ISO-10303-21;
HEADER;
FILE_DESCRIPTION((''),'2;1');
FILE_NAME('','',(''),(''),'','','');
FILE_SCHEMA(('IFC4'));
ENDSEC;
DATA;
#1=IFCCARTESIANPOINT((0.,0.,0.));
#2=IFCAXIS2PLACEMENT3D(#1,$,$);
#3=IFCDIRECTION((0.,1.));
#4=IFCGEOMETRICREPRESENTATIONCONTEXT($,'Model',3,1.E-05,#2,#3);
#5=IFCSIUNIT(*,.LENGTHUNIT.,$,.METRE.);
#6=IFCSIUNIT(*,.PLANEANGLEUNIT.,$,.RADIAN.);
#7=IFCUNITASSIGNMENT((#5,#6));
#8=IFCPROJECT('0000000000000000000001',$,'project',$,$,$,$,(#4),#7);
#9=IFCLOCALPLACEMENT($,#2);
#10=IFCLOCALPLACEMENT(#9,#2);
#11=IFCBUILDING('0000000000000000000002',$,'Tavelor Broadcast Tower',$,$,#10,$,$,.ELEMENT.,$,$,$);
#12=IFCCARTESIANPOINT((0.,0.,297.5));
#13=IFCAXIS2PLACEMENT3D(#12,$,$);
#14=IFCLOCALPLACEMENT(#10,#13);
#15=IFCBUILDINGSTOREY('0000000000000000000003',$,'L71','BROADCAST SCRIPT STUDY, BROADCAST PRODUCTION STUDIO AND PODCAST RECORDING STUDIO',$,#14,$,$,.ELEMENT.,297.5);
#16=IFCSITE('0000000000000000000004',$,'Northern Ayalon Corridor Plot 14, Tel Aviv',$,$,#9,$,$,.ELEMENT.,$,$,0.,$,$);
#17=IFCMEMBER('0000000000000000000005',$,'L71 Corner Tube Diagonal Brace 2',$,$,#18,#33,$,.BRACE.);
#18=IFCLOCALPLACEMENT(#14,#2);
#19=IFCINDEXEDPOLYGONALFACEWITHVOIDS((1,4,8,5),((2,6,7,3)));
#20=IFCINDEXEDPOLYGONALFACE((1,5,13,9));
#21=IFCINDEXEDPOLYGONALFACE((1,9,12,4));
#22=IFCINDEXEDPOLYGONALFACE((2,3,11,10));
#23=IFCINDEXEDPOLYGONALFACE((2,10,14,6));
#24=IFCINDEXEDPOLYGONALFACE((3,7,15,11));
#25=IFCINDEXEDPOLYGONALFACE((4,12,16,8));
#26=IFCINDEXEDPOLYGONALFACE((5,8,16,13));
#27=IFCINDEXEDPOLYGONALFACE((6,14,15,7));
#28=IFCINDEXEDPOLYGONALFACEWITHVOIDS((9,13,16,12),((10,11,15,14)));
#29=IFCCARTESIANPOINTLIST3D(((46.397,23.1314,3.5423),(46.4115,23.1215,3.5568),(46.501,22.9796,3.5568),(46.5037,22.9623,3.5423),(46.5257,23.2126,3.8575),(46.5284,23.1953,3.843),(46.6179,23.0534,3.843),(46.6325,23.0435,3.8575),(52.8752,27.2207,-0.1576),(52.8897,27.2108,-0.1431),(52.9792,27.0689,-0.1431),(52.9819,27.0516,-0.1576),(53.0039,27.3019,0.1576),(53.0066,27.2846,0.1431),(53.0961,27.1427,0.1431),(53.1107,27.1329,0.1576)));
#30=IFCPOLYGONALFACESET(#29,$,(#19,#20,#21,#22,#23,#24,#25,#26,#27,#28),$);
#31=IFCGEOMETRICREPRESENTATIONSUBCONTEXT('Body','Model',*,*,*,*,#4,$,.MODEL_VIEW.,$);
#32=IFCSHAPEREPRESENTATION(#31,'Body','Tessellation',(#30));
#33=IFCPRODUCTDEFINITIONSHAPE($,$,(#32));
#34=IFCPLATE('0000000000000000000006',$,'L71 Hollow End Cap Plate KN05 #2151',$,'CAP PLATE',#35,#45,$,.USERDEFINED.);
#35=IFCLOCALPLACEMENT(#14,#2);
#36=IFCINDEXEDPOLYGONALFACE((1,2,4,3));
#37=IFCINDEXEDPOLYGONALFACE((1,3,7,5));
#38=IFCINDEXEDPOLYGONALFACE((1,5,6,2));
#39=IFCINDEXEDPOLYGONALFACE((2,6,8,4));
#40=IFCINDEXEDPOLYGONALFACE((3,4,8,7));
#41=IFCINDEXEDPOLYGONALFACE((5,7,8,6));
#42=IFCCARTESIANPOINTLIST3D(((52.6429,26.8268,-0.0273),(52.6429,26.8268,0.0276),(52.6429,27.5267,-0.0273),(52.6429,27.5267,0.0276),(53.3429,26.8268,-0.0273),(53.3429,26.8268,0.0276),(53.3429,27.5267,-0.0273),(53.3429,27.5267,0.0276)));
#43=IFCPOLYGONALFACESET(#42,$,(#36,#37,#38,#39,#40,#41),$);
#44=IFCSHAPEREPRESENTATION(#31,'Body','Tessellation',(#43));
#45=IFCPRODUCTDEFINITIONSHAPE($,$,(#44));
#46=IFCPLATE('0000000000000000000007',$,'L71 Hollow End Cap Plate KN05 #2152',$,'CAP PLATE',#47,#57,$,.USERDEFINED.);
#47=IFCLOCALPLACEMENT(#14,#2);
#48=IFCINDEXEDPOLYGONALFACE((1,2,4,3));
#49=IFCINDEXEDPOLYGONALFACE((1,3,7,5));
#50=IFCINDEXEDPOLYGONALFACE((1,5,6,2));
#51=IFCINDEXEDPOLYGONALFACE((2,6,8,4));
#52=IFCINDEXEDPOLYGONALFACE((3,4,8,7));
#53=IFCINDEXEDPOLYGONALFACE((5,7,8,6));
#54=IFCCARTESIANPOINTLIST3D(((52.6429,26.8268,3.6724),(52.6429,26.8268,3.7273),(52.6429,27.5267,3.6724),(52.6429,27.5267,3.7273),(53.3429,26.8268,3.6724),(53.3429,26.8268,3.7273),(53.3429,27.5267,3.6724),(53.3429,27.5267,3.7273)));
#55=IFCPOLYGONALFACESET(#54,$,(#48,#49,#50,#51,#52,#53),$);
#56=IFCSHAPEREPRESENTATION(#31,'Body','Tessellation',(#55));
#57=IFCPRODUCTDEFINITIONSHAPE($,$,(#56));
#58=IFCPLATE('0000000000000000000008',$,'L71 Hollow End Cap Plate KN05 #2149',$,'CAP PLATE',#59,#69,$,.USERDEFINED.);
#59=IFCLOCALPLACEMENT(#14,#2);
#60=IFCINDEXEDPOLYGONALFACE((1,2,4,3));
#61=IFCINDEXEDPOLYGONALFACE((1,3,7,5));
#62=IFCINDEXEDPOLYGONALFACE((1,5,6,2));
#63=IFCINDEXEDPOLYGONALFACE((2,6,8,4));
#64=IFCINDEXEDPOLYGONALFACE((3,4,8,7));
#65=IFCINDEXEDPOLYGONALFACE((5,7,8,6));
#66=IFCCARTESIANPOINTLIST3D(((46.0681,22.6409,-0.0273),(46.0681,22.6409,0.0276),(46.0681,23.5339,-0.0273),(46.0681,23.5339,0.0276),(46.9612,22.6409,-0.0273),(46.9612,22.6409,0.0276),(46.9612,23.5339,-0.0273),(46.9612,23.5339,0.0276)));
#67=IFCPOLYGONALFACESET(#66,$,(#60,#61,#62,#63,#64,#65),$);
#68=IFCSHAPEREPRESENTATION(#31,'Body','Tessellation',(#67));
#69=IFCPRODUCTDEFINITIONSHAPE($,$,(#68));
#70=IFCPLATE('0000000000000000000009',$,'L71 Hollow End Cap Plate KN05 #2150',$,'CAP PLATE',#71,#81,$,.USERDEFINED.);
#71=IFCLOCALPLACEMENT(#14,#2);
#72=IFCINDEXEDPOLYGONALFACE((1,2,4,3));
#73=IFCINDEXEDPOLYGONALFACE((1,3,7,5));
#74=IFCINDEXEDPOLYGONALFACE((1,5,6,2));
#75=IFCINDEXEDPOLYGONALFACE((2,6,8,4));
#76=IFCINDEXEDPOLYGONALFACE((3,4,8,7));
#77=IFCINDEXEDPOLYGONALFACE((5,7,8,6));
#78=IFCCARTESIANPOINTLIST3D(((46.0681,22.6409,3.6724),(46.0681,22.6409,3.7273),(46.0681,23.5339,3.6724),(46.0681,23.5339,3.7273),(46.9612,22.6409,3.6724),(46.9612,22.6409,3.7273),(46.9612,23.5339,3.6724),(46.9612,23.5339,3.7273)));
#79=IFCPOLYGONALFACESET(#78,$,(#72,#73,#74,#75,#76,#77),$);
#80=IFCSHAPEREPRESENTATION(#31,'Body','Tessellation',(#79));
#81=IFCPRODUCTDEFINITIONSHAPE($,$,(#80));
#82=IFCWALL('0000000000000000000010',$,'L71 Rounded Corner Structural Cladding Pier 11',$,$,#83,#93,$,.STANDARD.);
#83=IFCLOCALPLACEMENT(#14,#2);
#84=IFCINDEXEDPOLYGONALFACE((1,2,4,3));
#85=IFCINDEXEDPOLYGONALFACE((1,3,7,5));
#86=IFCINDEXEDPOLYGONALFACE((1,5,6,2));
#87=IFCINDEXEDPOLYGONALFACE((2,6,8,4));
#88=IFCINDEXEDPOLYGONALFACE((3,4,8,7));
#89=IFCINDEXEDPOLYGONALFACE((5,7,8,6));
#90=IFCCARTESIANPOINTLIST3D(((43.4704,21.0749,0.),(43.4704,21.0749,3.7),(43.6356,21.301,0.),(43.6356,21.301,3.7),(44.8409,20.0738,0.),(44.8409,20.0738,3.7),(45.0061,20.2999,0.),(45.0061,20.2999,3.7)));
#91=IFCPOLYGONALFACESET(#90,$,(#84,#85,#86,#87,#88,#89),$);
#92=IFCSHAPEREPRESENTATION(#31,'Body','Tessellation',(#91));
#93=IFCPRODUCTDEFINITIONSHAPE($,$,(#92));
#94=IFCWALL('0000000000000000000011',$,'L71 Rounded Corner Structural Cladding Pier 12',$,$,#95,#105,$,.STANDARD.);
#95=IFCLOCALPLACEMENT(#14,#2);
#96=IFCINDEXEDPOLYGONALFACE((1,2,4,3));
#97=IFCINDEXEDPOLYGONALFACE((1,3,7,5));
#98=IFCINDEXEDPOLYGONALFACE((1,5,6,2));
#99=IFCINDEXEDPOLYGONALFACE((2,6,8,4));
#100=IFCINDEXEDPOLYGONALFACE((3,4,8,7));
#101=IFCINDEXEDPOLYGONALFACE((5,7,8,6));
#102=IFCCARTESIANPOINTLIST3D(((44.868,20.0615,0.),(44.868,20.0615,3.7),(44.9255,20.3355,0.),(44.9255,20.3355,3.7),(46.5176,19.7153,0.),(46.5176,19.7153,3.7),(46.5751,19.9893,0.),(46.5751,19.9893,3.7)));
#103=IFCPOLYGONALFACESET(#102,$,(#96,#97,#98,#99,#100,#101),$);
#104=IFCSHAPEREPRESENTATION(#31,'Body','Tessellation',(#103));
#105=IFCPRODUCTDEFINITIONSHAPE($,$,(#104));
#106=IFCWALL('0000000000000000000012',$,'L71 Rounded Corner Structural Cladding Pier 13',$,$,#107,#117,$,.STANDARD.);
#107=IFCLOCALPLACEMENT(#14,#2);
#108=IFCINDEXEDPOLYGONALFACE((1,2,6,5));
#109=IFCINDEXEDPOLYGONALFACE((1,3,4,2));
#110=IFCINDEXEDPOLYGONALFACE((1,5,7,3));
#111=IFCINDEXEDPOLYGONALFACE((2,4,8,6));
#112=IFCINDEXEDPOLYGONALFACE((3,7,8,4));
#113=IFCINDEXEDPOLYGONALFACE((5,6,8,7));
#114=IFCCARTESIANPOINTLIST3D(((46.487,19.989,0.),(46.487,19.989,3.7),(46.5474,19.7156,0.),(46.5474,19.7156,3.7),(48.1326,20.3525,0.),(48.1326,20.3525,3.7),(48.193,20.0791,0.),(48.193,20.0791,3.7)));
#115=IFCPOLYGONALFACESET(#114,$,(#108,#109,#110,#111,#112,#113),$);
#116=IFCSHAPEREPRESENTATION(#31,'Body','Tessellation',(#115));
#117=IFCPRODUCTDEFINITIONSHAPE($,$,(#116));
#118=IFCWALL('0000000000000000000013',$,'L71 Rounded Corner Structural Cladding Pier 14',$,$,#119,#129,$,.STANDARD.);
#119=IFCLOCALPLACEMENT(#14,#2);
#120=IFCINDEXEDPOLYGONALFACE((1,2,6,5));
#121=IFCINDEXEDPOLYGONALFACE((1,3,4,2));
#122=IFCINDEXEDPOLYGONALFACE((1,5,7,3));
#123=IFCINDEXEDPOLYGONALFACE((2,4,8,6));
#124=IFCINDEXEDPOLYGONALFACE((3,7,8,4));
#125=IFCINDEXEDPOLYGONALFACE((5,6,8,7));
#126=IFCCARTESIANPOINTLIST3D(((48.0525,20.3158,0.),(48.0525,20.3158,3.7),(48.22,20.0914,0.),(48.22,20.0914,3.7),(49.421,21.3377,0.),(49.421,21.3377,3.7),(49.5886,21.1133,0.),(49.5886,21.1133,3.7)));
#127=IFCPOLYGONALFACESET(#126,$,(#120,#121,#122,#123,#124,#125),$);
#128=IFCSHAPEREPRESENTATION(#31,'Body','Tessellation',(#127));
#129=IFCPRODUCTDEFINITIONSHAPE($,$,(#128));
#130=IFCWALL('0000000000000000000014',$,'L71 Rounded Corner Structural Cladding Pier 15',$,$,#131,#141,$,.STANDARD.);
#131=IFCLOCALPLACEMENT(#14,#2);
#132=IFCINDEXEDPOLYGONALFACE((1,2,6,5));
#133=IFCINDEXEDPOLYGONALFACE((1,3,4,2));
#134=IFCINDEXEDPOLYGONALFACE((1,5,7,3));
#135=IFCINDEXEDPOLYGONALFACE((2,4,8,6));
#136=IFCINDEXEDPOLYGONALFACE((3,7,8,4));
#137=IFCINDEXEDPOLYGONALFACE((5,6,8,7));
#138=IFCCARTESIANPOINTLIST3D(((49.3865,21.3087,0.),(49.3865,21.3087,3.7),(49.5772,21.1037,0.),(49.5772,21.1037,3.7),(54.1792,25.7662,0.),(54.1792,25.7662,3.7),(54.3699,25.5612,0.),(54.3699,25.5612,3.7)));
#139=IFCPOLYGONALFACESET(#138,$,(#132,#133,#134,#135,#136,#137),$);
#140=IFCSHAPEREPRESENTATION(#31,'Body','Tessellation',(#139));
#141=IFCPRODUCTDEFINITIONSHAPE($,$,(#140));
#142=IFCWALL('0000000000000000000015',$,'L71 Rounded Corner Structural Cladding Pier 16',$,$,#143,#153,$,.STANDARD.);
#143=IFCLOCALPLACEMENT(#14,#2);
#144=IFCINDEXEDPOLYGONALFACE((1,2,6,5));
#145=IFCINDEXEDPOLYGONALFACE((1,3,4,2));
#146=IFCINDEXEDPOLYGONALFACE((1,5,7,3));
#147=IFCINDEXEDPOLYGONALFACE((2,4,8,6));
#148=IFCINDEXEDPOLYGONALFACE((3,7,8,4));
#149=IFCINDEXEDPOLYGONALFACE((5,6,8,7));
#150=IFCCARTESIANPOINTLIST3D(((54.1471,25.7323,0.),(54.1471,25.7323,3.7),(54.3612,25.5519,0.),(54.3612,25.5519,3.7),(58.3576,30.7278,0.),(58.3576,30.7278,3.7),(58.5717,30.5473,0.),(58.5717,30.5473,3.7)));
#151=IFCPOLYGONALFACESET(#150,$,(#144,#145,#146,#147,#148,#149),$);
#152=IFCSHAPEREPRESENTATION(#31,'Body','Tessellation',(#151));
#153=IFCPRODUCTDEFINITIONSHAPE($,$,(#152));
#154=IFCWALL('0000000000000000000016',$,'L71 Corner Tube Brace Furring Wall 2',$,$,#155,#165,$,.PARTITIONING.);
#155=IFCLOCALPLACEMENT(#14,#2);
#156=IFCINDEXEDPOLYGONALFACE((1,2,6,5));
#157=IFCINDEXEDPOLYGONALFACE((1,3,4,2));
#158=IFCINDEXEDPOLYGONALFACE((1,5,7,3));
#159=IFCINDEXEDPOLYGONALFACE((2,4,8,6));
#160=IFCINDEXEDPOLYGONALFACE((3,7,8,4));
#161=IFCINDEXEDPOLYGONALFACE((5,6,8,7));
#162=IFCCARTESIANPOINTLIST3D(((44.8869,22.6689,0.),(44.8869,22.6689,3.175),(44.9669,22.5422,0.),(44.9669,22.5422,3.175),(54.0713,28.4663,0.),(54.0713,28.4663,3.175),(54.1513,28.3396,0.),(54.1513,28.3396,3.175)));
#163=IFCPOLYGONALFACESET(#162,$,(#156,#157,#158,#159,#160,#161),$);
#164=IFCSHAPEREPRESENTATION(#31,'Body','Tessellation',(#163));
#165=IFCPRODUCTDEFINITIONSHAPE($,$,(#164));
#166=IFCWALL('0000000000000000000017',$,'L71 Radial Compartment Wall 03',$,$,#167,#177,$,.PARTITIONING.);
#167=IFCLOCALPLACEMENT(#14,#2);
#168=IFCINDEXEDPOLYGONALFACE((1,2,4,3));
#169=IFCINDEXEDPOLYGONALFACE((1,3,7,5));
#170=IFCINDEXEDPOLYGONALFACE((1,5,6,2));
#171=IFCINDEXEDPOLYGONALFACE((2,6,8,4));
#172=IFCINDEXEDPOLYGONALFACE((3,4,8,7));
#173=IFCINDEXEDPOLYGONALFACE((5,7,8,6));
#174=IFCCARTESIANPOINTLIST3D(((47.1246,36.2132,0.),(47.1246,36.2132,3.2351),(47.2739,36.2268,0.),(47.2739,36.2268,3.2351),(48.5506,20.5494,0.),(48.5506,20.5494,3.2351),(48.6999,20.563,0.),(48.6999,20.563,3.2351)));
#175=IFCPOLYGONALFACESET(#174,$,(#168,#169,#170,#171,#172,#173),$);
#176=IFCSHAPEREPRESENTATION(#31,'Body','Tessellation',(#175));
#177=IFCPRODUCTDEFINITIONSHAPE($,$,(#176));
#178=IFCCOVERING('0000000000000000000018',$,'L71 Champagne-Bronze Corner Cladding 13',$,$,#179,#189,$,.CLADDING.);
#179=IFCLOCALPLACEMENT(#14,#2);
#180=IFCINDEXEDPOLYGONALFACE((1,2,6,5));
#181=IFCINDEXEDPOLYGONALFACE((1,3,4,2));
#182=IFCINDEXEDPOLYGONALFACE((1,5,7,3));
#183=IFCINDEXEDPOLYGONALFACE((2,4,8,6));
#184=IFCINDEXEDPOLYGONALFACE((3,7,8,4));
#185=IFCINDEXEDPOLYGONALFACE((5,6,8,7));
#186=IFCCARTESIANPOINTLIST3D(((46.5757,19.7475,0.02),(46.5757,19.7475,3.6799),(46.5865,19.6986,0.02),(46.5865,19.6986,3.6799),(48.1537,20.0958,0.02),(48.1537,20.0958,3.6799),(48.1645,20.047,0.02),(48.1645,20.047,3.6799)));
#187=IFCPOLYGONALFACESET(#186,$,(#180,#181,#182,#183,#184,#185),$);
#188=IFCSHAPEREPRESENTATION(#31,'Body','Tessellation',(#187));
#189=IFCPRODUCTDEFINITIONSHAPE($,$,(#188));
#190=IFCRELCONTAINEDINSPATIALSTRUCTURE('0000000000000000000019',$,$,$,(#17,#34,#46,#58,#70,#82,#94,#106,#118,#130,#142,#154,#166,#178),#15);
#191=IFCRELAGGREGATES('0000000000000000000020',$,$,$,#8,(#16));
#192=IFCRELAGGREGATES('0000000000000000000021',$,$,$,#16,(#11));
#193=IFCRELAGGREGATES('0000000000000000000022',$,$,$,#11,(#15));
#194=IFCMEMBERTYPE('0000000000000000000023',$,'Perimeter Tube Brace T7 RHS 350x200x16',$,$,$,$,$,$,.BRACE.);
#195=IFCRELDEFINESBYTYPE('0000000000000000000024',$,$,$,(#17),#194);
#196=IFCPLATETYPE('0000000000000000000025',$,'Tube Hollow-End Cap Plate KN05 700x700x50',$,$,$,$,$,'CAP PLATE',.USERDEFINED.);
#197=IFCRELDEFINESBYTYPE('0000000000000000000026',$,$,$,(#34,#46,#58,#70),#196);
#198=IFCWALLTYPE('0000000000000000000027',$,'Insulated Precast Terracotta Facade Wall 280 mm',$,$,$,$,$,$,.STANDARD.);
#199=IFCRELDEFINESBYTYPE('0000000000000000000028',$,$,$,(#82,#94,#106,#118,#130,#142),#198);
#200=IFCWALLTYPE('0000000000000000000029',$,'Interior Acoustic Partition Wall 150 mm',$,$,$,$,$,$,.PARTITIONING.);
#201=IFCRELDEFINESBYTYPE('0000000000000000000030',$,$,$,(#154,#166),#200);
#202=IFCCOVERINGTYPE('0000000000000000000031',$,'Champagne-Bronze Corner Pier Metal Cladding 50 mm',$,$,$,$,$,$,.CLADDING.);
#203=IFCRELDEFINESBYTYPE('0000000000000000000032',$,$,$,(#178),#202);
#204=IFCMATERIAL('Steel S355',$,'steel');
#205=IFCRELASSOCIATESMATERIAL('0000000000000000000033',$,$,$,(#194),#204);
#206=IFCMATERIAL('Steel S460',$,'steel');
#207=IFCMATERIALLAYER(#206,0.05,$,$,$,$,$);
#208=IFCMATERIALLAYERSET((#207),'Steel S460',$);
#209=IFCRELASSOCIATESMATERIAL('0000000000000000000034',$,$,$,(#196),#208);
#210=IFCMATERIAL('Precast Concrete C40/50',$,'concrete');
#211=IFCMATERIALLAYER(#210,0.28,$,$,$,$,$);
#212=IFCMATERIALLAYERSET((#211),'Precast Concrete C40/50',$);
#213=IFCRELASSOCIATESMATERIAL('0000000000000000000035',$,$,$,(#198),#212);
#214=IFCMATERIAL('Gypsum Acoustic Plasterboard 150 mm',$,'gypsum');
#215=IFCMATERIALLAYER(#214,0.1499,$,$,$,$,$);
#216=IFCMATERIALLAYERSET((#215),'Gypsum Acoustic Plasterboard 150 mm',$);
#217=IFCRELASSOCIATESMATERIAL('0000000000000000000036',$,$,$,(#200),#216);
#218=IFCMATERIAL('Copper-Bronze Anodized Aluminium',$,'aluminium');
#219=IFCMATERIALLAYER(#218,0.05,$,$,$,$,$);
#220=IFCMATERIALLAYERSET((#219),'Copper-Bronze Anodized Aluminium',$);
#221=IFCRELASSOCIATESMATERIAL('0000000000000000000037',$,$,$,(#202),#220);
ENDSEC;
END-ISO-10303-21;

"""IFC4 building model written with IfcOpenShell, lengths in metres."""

from ifc_helpers import new_model, si_unit, direction, frame, frame_2d, origin, origin_2d, place, context, subcontext, project, spatial, rectangle, hollow_rectangle, extrude, source, transform, mapped, material, layer, layer_set, material_profile, profile_set, type_object, type_shapes, element, save


model = new_model("IFC4")

# Units and contexts
model_context = context("Model", 3, precision=1e-05, world=origin(), true_north=direction((0.0, 1.0)))
body_context = subcontext(model_context, "Body", "Model", "MODEL_VIEW")
ifc_project = project(units=[si_unit("LENGTHUNIT", "METRE"), si_unit("PLANEANGLEUNIT", "RADIAN")], contexts=[model_context])

# Site, building, storey
site_placement = place(None, origin())
site = spatial("IfcSite", under=ifc_project, at=site_placement, Name="Northern Ayalon Corridor Plot 14, Tel Aviv", CompositionType="ELEMENT", RefElevation=0.0)
building_placement = place(site_placement, origin())
building = spatial("IfcBuilding", under=site, at=building_placement, Name="Tavelor Broadcast Tower", CompositionType="ELEMENT")
storey_placement = place(building_placement, frame((0.0, 0.0, 297.5)))
storey = spatial("IfcBuildingStorey", under=building, at=storey_placement, Name="L71", Description="BROADCAST SCRIPT STUDY, BROADCAST PRODUCTION STUDIO AND PODCAST RECORDING STUDIO", CompositionType="ELEMENT", Elevation=297.5)

# Shared definitions
ifc_material_1 = material(Name="Steel S460", Category="steel")

# Shared definitions
ifc_material_2 = material(Name="Steel S355", Category="steel")

# Member
ifc_material_profile_1 = material_profile(ifc_material_2, hollow_rectangle(XDim=0.2, YDim=0.3501, WallThickness=0.0161, at=origin_2d()), Name="RHS 350x200x16")
ifc_profile_set_1 = profile_set([ifc_material_profile_1], Name="Steel S355")
member_type = type_object("IfcMemberType", Name="Perimeter Tube Brace T7 RHS 350x200x16", PredefinedType="BRACE", material=ifc_profile_set_1)
member_placement = place(storey_placement, frame((52.9929, 27.1768, 0.0), z_axis=(-0.761462, -0.480667, 0.434896), x_axis=(0.533789, -0.845618, 0.0)))
element("IfcMember", 1, at=member_placement, inside=storey, type_object=member_type, Name="L71 Corner Tube Diagonal Brace 2", PredefinedType="BRACE", context=body_context, shape_type="SweptSolid", body=[
    extrude(hollow_rectangle(XDim=0.2, YDim=0.3501, WallThickness=0.0161, at=origin_2d()), origin(), (0.0, 0.0, 1.0), 8.5076),
])

# Plates
ifc_layer_1 = layer(ifc_material_1, 0.05)
ifc_layer_set_1 = layer_set([ifc_layer_1], Name="Steel S460")
plate_type = type_object("IfcPlateType", Name="Tube Hollow-End Cap Plate KN05 700x700x50", ElementType="CAP PLATE", PredefinedType="USERDEFINED", material=ifc_layer_set_1)
shared_shape_1 = source(origin(), body_context, "Body", "SweptSolid", [
    extrude(rectangle(XDim=0.7, YDim=0.7, at=origin_2d()), origin(), (0.0, 0.0, 1.0), 0.0549),
])
for number, where, z_axis, x_axis, name in (
    (2, (52.9929, 27.1768, -0.0273), (0.0, 0.0, 1.0), (1.0, 0.0, 0.0), "L71 Hollow End Cap Plate KN05 #2151"),
    (3, (52.9929, 27.1768, 3.6724), (0.0, 0.0, 1.0), (1.0, 0.0, 0.0), "L71 Hollow End Cap Plate KN05 #2152"),
):
    element("IfcPlate", number, at=place(storey_placement, frame(where, z_axis=z_axis, x_axis=x_axis)), inside=storey, type_object=plate_type, Name=name, ObjectType="CAP PLATE", PredefinedType="USERDEFINED", context=body_context, shape_type="MappedRepresentation", body=[
        mapped(shared_shape_1, transform((0.0, 0.0, 0.0), scale=1.0)),
    ])
shared_shape_2 = source(origin(), body_context, "Body", "SweptSolid", [
    extrude(rectangle(XDim=0.8931, YDim=0.8931, at=origin_2d()), origin(), (0.0, 0.0, 1.0), 0.0549),
])
type_shapes(plate_type, [shared_shape_1, shared_shape_2])
for number, where, z_axis, x_axis, name in (
    (4, (46.5146, 23.0874, -0.0273), (0.0, 0.0, 1.0), (1.0, 0.0, 0.0), "L71 Hollow End Cap Plate KN05 #2149"),
    (5, (46.5146, 23.0874, 3.6724), (0.0, 0.0, 1.0), (1.0, 0.0, 0.0), "L71 Hollow End Cap Plate KN05 #2150"),
):
    element("IfcPlate", number, at=place(storey_placement, frame(where, z_axis=z_axis, x_axis=x_axis)), inside=storey, type_object=plate_type, Name=name, ObjectType="CAP PLATE", PredefinedType="USERDEFINED", context=body_context, shape_type="MappedRepresentation", body=[
        mapped(shared_shape_2, transform((0.0, 0.0, 0.0), scale=1.0)),
    ])

# Walls
ifc_material_3 = material(Name="Precast Concrete C40/50", Category="concrete")
ifc_layer_2 = layer(ifc_material_3, 0.28)
ifc_layer_set_2 = layer_set([ifc_layer_2], Name="Precast Concrete C40/50")
wall_type_1 = type_object("IfcWallType", Name="Insulated Precast Terracotta Facade Wall 280 mm", PredefinedType="STANDARD", material=ifc_layer_set_2)
wall_1_placement = place(storey_placement, frame((43.553, 21.188, 0.0), z_axis=(0.0, 0.0, 1.0), x_axis=(0.807497, -0.589872, 0.0)))
element("IfcWall", 6, at=wall_1_placement, inside=storey, type_object=wall_type_1, Name="L71 Rounded Corner Structural Cladding Pier 11", PredefinedType="STANDARD", context=body_context, shape_type="SweptSolid", body=[
    extrude(rectangle(XDim=1.6973, YDim=0.28, at=frame_2d((0.8486, 0.0))), origin(), (0.0, 0.0, 1.0), 3.7),
])
wall_2_placement = place(storey_placement, frame((44.8967, 20.1985, 0.0), z_axis=(0.0, 0.0, 1.0), x_axis=(0.978682, -0.205383, 0.0)))
element("IfcWall", 7, at=wall_2_placement, inside=storey, type_object=wall_type_1, Name="L71 Rounded Corner Structural Cladding Pier 12", PredefinedType="STANDARD", context=body_context, shape_type="SweptSolid", body=[
    extrude(rectangle(XDim=1.6855, YDim=0.28, at=frame_2d((0.8428, 0.0))), origin(), (0.0, 0.0, 1.0), 3.7),
])
wall_3_placement = place(storey_placement, frame((46.5171, 19.8523, 0.0), z_axis=(0.0, 0.0, 1.0), x_axis=(0.976462, 0.215688, 0.0)))
element("IfcWall", 8, at=wall_3_placement, inside=storey, type_object=wall_type_1, Name="L71 Rounded Corner Structural Cladding Pier 13", PredefinedType="STANDARD", context=body_context, shape_type="SweptSolid", body=[
    extrude(rectangle(XDim=1.6853, YDim=0.28, at=frame_2d((0.8428, 0.0))), origin(), (0.0, 0.0, 1.0), 3.7),
])
wall_4_placement = place(storey_placement, frame((48.1362, 20.2036, 0.0), z_axis=(0.0, 0.0, 1.0), x_axis=(0.801267, 0.598306, 0.0)))
element("IfcWall", 9, at=wall_4_placement, inside=storey, type_object=wall_type_1, Name="L71 Rounded Corner Structural Cladding Pier 14", PredefinedType="STANDARD", context=body_context, shape_type="SweptSolid", body=[
    extrude(rectangle(XDim=1.708, YDim=0.28, at=frame_2d((0.854, 0.0))), origin(), (0.0, 0.0, 1.0), 3.7),
])
wall_5_placement = place(storey_placement, frame((49.4819, 21.2063, 0.0), z_axis=(0.0, 0.0, 1.0), x_axis=(0.73225, 0.681036, 0.0)))
element("IfcWall", 10, at=wall_5_placement, inside=storey, type_object=wall_type_1, Name="L71 Rounded Corner Structural Cladding Pier 15", PredefinedType="STANDARD", context=body_context, shape_type="SweptSolid", body=[
    extrude(rectangle(XDim=6.5452, YDim=0.28, at=frame_2d((3.2725, 0.0))), origin(), (0.0, 0.0, 1.0), 3.7),
])
wall_6_placement = place(storey_placement, frame((54.2542, 25.6421, 0.0), z_axis=(0.0, 0.0, 1.0), x_axis=(0.644479, 0.764622, 0.0)))
element("IfcWall", 11, at=wall_6_placement, inside=storey, type_object=wall_type_1, Name="L71 Rounded Corner Structural Cladding Pier 16", PredefinedType="STANDARD", context=body_context, shape_type="SweptSolid", body=[
    extrude(rectangle(XDim=6.5332, YDim=0.28, at=frame_2d((3.2666, 0.0))), origin(), (0.0, 0.0, 1.0), 3.7),
])
ifc_material_4 = material(Name="Gypsum Acoustic Plasterboard 150 mm", Category="gypsum")
ifc_layer_3 = layer(ifc_material_4, 0.1499)
ifc_layer_set_3 = layer_set([ifc_layer_3], Name="Gypsum Acoustic Plasterboard 150 mm")
wall_type_2 = type_object("IfcWallType", Name="Interior Acoustic Partition Wall 150 mm", PredefinedType="PARTITIONING", material=ifc_layer_set_3)
wall_7_placement = place(storey_placement, frame((44.9268, 22.6055, 0.0), z_axis=(0.0, 0.0, 1.0), x_axis=(0.845625, 0.533778, 0.0)))
element("IfcWall", 12, at=wall_7_placement, inside=storey, type_object=wall_type_2, Name="L71 Corner Tube Brace Furring Wall 2", PredefinedType="PARTITIONING", context=body_context, shape_type="SweptSolid", body=[
    extrude(rectangle(XDim=10.8611, YDim=0.1499, at=frame_2d((5.4307, 0.0))), origin(), (0.0, 0.0, 1.0), 3.175),
])
wall_8_placement = place(storey_placement, frame((47.1992, 36.22, 0.0), z_axis=(0.0, 0.0, 1.0), x_axis=(0.090665, -0.995881, 0.0)))
element("IfcWall", 13, at=wall_8_placement, inside=storey, type_object=wall_type_2, Name="L71 Radial Compartment Wall 03", PredefinedType="PARTITIONING", context=body_context, shape_type="SweptSolid", body=[
    extrude(rectangle(XDim=15.7285, YDim=0.1499, at=frame_2d((7.8643, 0.0))), origin(), (0.0, 0.0, 1.0), 3.2351),
])

# Covering
ifc_material_5 = material(Name="Copper-Bronze Anodized Aluminium", Category="aluminium")
ifc_layer_4 = layer(ifc_material_5, 0.05)
ifc_layer_set_4 = layer_set([ifc_layer_4], Name="Copper-Bronze Anodized Aluminium")
covering_type = type_object("IfcCoveringType", Name="Champagne-Bronze Corner Pier Metal Cladding 50 mm", PredefinedType="CLADDING", material=ifc_layer_set_4)
covering_placement = place(storey_placement, frame((47.3701, 19.8972, 0.02), z_axis=(0.0, 0.0, 1.0), x_axis=(0.976485, 0.215588, 0.0)))
element("IfcCovering", 14, at=covering_placement, inside=storey, type_object=covering_type, Name="L71 Champagne-Bronze Corner Cladding 13", PredefinedType="CLADDING", context=body_context, shape_type="SweptSolid", body=[
    extrude(rectangle(XDim=1.616, YDim=0.05, at=origin_2d()), origin(), (0.0, 0.0, 1.0), 3.6599),
])

save(model, "model.ifc")
